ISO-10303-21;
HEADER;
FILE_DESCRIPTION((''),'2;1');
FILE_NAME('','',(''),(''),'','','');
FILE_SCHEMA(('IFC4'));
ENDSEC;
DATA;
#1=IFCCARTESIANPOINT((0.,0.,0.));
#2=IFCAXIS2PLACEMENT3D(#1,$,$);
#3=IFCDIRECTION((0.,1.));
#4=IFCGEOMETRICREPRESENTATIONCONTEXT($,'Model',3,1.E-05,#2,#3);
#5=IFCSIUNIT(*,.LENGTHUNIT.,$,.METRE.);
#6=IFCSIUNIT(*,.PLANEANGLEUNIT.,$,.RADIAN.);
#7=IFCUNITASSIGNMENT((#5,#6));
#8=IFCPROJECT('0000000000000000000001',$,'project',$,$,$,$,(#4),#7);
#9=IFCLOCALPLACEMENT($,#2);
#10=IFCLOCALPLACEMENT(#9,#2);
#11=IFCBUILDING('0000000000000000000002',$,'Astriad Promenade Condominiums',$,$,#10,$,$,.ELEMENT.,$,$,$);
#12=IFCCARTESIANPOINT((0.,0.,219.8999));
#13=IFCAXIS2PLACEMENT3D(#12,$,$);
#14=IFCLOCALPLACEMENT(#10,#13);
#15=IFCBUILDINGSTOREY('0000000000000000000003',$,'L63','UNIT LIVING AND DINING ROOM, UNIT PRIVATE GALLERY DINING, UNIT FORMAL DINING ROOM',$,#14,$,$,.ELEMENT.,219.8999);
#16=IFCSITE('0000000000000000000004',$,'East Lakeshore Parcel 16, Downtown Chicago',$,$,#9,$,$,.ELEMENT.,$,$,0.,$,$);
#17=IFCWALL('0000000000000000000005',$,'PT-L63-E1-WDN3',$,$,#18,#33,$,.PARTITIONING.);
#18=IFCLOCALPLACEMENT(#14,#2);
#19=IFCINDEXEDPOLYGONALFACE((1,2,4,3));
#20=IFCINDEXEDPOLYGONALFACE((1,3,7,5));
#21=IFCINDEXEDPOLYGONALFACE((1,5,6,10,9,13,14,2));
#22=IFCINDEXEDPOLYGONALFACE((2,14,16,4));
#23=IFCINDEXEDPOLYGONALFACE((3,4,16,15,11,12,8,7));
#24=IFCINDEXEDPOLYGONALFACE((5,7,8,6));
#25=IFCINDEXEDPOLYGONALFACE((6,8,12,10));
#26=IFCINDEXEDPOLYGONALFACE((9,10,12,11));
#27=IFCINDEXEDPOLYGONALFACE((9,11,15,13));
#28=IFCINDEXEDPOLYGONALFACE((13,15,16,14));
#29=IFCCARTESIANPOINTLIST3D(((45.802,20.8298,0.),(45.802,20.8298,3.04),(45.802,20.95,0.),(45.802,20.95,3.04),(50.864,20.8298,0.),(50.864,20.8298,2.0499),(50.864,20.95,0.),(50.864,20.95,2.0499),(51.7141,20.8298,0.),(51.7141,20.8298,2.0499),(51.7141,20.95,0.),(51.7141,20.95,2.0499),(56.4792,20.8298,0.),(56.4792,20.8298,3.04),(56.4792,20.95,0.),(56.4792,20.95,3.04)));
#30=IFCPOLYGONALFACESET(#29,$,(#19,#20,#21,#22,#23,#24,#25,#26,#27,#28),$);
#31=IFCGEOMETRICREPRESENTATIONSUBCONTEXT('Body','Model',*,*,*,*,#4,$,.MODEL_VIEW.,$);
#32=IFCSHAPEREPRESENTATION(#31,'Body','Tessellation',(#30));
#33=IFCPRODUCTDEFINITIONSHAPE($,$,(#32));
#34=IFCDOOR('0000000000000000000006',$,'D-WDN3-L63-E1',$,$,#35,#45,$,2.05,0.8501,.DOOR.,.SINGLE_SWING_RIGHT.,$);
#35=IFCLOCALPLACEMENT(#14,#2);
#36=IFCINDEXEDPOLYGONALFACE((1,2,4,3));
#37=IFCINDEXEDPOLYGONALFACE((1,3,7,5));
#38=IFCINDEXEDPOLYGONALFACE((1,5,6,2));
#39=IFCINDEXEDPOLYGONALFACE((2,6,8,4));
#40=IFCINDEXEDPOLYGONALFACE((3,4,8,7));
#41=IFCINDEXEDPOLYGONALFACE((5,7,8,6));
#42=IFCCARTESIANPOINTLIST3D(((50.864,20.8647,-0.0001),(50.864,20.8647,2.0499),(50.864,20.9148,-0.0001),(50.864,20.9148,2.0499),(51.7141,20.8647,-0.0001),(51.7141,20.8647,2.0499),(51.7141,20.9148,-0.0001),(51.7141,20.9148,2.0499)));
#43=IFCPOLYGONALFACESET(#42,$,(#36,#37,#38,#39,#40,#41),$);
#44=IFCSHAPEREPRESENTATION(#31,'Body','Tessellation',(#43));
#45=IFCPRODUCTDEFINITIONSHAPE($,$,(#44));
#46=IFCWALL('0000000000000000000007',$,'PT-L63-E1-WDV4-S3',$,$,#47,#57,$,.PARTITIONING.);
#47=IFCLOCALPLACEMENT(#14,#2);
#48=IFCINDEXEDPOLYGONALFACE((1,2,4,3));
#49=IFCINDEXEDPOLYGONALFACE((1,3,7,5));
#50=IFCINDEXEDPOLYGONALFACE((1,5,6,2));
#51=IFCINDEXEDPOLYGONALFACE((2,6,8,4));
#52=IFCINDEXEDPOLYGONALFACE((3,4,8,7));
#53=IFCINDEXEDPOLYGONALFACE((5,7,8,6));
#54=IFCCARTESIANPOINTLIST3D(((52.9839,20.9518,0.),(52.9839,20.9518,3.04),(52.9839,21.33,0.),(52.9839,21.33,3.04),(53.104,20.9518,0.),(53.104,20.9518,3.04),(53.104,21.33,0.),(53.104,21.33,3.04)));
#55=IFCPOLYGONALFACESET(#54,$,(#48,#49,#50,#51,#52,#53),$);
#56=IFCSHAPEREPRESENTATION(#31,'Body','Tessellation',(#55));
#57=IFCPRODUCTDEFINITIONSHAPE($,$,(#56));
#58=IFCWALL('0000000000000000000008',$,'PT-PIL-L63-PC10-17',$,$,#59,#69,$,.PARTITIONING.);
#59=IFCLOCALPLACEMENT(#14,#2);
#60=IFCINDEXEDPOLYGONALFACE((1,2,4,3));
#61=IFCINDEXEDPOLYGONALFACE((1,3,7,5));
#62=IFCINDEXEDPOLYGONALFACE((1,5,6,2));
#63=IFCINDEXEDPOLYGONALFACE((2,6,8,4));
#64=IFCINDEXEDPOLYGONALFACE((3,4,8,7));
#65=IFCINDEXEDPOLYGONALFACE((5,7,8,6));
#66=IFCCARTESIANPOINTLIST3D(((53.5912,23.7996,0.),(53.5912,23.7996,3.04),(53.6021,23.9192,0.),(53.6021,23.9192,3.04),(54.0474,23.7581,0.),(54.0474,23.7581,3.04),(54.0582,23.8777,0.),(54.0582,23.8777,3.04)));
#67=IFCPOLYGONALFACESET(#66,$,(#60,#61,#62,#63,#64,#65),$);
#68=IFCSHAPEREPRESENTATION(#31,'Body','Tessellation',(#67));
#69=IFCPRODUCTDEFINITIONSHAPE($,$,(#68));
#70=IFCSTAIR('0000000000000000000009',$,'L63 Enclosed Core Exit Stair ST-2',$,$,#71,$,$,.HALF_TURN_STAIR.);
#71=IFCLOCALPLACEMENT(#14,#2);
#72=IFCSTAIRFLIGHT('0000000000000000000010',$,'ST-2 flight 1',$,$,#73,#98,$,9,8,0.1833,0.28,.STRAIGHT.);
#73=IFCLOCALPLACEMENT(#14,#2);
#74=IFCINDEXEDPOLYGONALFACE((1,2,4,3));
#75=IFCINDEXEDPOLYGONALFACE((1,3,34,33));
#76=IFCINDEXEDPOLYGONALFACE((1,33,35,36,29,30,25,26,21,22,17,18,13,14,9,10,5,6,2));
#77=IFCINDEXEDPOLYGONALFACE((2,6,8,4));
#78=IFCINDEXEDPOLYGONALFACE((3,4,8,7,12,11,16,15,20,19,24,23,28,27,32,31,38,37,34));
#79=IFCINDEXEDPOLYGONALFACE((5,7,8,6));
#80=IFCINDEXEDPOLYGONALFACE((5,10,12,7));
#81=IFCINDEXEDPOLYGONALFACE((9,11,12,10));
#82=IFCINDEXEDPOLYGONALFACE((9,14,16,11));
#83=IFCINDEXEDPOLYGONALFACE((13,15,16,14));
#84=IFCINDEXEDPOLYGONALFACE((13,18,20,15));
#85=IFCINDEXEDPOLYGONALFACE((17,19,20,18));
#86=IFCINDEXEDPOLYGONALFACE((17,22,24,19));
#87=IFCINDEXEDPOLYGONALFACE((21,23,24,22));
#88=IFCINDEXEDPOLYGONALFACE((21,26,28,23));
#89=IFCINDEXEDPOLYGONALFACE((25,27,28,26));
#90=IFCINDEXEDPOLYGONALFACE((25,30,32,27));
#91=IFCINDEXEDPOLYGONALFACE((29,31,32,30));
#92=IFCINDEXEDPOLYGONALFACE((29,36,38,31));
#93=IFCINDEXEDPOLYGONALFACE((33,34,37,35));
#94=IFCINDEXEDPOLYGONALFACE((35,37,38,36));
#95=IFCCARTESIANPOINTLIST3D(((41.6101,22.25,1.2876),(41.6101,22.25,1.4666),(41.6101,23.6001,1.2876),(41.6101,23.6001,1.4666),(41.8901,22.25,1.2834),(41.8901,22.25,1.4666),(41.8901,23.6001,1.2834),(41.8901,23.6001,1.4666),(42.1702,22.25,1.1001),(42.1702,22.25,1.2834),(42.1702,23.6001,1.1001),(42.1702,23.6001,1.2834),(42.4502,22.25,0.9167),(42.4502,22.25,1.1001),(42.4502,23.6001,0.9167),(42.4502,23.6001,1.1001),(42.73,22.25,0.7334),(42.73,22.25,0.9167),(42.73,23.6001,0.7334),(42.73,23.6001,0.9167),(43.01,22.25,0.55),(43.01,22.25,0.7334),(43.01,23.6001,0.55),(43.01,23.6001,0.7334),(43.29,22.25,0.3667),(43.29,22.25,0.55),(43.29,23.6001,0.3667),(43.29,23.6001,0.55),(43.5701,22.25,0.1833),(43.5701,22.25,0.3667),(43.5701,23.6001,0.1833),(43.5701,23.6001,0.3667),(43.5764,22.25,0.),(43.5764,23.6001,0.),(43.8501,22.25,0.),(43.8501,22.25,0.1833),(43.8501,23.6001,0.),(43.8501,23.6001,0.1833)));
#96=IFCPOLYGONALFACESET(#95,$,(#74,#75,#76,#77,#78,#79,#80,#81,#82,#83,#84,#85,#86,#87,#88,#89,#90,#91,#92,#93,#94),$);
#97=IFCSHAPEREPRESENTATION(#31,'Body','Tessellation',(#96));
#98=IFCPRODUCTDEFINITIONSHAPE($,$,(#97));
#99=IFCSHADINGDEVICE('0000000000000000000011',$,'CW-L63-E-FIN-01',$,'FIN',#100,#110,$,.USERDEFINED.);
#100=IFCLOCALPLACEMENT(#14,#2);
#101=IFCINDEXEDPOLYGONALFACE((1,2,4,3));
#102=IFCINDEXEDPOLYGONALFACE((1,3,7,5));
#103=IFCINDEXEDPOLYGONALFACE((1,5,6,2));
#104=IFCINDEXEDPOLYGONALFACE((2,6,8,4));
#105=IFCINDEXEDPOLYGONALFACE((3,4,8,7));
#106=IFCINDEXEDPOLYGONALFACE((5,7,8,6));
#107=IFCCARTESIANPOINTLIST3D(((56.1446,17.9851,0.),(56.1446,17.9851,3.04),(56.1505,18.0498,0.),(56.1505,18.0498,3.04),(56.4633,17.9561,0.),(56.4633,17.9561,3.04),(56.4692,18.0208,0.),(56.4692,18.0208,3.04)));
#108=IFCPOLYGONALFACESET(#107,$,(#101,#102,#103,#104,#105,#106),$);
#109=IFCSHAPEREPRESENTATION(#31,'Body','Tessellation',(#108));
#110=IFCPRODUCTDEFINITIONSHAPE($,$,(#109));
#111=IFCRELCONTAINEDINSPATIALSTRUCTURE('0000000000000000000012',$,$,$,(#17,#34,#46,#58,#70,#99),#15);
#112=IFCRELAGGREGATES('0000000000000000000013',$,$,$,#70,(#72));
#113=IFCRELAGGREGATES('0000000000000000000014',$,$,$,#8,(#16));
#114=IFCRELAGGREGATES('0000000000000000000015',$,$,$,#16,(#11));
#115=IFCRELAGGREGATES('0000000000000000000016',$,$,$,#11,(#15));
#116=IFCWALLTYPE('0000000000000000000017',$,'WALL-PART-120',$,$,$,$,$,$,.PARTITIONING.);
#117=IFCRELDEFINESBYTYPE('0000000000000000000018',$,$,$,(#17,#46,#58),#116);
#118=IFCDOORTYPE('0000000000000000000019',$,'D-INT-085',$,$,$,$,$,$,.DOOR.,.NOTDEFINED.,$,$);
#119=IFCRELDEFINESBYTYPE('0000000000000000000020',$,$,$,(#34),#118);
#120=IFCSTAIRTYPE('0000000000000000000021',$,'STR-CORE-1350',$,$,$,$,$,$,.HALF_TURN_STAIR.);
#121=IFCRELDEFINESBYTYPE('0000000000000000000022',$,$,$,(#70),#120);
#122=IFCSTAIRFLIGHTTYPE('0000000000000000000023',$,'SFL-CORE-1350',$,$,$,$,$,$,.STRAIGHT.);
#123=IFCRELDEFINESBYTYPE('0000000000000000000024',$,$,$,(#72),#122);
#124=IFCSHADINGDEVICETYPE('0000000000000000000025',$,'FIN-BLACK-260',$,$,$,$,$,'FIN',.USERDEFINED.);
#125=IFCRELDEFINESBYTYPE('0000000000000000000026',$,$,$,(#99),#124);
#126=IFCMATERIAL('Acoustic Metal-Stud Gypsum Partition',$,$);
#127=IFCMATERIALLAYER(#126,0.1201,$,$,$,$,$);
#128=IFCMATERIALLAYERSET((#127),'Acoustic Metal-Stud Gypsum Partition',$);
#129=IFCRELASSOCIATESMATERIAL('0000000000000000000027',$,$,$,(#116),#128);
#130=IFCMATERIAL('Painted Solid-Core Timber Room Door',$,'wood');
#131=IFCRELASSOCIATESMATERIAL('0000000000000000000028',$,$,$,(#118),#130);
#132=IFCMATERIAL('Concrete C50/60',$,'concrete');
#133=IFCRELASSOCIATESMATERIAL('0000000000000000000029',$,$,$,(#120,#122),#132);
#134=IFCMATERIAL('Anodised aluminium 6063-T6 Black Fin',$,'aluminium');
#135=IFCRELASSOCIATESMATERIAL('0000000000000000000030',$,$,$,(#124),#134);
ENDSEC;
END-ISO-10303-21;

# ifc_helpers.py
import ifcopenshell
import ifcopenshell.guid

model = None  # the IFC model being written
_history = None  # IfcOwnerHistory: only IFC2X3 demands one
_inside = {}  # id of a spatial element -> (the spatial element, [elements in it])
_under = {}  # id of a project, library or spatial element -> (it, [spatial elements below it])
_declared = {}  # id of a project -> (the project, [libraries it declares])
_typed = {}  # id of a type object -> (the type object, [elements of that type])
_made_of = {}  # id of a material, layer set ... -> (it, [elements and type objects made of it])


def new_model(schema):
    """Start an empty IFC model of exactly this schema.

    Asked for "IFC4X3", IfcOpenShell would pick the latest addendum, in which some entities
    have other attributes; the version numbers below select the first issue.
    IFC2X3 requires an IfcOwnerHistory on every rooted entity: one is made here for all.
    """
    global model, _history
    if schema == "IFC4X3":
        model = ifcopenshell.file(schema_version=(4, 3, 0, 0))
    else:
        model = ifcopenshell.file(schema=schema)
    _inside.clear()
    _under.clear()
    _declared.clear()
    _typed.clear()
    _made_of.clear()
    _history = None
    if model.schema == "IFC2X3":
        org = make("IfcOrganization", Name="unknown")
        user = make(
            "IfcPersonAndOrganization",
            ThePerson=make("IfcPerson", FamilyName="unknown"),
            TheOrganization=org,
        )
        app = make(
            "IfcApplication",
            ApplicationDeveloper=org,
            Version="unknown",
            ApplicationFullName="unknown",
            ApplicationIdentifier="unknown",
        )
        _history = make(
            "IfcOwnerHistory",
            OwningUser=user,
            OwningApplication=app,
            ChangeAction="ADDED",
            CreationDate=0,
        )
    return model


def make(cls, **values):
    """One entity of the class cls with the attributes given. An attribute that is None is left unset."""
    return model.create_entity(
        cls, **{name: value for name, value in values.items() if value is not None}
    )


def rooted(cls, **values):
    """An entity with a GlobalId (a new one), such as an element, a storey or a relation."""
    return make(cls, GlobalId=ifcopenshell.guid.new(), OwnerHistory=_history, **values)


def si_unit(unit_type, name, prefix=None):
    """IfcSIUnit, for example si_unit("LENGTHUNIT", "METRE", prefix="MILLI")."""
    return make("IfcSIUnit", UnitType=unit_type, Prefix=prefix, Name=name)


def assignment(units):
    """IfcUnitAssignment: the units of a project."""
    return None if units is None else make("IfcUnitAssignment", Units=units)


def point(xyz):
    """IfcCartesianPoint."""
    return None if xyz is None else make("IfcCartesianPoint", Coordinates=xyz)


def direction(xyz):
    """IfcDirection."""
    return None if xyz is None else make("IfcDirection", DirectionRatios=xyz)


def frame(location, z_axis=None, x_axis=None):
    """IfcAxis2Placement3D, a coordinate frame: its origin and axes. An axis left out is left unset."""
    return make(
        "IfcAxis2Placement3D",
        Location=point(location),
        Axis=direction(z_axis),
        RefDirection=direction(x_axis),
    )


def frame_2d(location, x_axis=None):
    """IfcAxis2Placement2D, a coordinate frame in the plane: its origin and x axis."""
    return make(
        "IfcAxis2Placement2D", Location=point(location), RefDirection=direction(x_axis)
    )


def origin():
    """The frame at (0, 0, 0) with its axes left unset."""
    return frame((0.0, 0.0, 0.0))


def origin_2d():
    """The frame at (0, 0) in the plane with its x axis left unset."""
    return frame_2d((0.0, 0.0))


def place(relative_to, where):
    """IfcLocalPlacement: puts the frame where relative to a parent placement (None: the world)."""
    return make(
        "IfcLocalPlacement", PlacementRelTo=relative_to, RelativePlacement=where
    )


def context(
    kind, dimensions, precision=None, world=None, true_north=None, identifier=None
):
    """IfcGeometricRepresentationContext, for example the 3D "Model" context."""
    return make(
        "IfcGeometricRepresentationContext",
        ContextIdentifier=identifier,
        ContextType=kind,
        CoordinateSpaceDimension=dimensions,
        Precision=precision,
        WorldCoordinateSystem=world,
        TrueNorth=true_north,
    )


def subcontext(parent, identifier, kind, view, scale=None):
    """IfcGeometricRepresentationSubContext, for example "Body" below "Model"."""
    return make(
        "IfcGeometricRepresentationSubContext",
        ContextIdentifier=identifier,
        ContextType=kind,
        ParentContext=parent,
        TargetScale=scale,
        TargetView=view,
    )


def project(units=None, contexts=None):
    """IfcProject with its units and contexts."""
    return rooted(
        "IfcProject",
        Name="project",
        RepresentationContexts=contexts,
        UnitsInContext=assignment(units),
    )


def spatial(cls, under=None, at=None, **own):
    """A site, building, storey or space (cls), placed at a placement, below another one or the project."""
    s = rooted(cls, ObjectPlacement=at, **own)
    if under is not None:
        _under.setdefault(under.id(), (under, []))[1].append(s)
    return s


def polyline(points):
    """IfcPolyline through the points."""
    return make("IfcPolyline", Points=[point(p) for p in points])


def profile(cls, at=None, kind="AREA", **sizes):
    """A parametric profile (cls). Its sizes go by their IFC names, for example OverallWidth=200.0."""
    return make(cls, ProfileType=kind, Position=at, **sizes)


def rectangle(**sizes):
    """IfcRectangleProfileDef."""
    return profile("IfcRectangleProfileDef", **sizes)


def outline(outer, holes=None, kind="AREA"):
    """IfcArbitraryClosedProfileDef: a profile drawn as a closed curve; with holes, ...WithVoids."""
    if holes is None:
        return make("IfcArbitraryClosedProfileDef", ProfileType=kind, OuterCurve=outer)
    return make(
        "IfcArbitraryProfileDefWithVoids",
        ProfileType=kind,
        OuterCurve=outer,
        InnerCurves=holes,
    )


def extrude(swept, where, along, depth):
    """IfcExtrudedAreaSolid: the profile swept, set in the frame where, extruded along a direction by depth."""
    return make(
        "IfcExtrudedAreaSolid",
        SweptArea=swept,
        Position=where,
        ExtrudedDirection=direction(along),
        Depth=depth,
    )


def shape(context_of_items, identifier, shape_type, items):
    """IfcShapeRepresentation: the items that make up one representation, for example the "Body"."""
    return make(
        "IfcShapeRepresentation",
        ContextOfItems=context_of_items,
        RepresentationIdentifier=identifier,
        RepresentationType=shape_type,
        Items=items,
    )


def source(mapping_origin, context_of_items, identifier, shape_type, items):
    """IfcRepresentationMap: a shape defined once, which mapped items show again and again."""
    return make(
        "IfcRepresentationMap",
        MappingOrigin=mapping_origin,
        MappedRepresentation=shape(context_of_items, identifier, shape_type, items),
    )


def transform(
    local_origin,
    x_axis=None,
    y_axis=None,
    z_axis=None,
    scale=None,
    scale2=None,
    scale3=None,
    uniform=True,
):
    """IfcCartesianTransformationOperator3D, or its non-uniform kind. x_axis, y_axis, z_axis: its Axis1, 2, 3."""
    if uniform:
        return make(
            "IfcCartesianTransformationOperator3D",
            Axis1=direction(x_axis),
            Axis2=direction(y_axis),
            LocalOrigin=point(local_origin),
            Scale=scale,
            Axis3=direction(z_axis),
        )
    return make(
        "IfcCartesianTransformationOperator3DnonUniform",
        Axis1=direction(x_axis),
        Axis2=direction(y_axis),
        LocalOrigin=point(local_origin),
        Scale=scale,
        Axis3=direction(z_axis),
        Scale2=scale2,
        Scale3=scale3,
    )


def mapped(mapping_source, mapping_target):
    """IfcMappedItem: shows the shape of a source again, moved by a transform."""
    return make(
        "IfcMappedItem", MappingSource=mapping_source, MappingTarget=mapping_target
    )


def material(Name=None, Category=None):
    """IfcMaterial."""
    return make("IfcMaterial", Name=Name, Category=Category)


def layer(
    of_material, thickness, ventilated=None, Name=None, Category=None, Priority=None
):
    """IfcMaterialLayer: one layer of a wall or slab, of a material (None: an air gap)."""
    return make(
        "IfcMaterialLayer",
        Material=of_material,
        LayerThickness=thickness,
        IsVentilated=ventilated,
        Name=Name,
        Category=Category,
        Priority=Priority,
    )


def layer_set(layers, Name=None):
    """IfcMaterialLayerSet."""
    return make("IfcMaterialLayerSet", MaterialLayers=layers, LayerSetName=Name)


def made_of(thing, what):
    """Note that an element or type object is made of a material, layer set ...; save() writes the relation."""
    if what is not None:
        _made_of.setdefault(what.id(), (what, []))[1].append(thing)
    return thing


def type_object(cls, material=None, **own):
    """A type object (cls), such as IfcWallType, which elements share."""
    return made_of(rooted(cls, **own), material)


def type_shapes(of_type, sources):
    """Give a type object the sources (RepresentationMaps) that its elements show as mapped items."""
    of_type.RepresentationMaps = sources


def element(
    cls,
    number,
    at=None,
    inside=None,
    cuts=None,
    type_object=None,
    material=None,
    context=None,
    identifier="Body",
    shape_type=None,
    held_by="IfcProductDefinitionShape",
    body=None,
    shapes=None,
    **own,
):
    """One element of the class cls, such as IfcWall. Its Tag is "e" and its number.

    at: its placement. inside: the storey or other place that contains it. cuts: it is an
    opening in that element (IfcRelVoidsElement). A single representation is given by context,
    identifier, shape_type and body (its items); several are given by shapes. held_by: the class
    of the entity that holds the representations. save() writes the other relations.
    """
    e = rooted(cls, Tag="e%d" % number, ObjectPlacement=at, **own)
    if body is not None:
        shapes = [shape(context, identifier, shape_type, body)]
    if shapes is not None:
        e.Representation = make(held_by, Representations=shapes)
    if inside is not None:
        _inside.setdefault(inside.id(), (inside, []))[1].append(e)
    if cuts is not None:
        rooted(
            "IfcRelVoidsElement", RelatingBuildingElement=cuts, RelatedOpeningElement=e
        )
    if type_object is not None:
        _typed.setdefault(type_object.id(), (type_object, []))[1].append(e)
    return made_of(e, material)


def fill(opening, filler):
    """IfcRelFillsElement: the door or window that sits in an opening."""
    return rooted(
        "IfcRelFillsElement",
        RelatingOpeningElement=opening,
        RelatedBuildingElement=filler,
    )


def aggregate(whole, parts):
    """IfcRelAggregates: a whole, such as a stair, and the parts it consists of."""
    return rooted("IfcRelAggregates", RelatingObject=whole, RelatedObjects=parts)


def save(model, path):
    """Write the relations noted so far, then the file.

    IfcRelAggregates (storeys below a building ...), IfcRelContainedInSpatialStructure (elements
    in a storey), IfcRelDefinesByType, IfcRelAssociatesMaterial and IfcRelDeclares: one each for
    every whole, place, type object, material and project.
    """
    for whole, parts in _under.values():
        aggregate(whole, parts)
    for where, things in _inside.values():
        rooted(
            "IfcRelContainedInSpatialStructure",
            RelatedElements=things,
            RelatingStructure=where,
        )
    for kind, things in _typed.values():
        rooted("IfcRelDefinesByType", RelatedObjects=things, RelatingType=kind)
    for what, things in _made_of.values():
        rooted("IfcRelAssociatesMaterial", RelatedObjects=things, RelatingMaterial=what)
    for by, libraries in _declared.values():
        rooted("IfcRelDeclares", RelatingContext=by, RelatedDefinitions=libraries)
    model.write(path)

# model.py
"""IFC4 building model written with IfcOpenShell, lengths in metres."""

from ifc_helpers import new_model, si_unit, direction, frame, frame_2d, origin, origin_2d, place, context, subcontext, project, spatial, polyline, rectangle, outline, extrude, source, transform, mapped, material, layer, layer_set, type_object, type_shapes, element, fill, aggregate, save


model = new_model("IFC4")

# Units and contexts
model_context = context("Model", 3, precision=1e-05, world=origin(), true_north=direction((0.0, 1.0)))
body_context = subcontext(model_context, "Body", "Model", "MODEL_VIEW")
ifc_project = project(units=[si_unit("LENGTHUNIT", "METRE"), si_unit("PLANEANGLEUNIT", "RADIAN")], contexts=[model_context])

# Site, building, storey
site_placement = place(None, origin())
site = spatial("IfcSite", under=ifc_project, at=site_placement, Name="East Lakeshore Parcel 16, Downtown Chicago", CompositionType="ELEMENT", RefElevation=0.0)
building_placement = place(site_placement, origin())
building = spatial("IfcBuilding", under=site, at=building_placement, Name="Astriad Promenade Condominiums", CompositionType="ELEMENT")
storey_placement = place(building_placement, frame((0.0, 0.0, 219.8999)))
storey = spatial("IfcBuildingStorey", under=building, at=storey_placement, Name="L63", Description="UNIT LIVING AND DINING ROOM, UNIT PRIVATE GALLERY DINING, UNIT FORMAL DINING ROOM", CompositionType="ELEMENT", Elevation=219.8999)

# Shared definitions
ifc_material_1 = material(Name="Concrete C50/60", Category="concrete")

# Shared definitions
ifc_material_2 = material(Name="Acoustic Metal-Stud Gypsum Partition")
ifc_layer_1 = layer(ifc_material_2, 0.1201)
ifc_layer_set_1 = layer_set([ifc_layer_1], Name="Acoustic Metal-Stud Gypsum Partition")
wall_type_1 = type_object("IfcWallType", Name="WALL-PART-120", PredefinedType="PARTITIONING", material=ifc_layer_set_1)

# Wall, opening, door
ifc_material_3 = material(Name="Painted Solid-Core Timber Room Door", Category="wood")
door_type = type_object("IfcDoorType", Name="D-INT-085", OperationType="NOTDEFINED", PredefinedType="DOOR", material=ifc_material_3)
shared_shape_1 = source(origin(), body_context, "Body", "SweptSolid", [
    extrude(rectangle(XDim=0.8501, YDim=2.05, at=frame_2d((0.425, 1.0249))), frame((0.0, 0.0249, 0.0), z_axis=(0.0, -1.0, 0.0), x_axis=(1.0, 0.0, 0.0)), (0.0, 0.0, 1.0), 0.05),
])
type_shapes(door_type, [shared_shape_1])
wall_1_placement = place(storey_placement, frame((45.802, 20.8899, 0.0), z_axis=(0.0, 0.0, 1.0), x_axis=(1.0, 0.0, 0.0)))
wall_1 = element("IfcWall", 1, at=wall_1_placement, inside=storey, type_object=wall_type_1, Name="PT-L63-E1-WDN3", PredefinedType="PARTITIONING", context=body_context, shape_type="SweptSolid", body=[
    extrude(rectangle(XDim=10.6772, YDim=0.1201, at=frame_2d((5.3386, 0.0))), origin(), (0.0, 0.0, 1.0), 3.04),
])
opening_1_placement = place(wall_1_placement, frame((5.062, 0.0, 0.0)))
opening_1 = element("IfcOpeningElement", 2, at=opening_1_placement, cuts=wall_1, PredefinedType="OPENING", context=body_context, shape_type="SweptSolid", body=[
    extrude(rectangle(XDim=0.8501, YDim=2.05, at=frame_2d((0.425, 1.0249))), frame((0.0, 0.0701, 0.0), z_axis=(0.0, -1.0, 0.0), x_axis=(1.0, 0.0, 0.0)), (0.0, 0.0, 1.0), 0.1401),
])
door_1_placement = place(opening_1_placement, origin())
door_1 = element("IfcDoor", 3, at=door_1_placement, inside=storey, type_object=door_type, Name="D-WDN3-L63-E1", OperationType="SINGLE_SWING_RIGHT", OverallHeight=2.05, OverallWidth=0.8501, PredefinedType="DOOR", context=body_context, shape_type="MappedRepresentation", body=[
    mapped(shared_shape_1, transform((0.0, 0.0, 0.0), scale=1.0)),
])
fill(opening_1, door_1)

# Walls
wall_2_placement = place(storey_placement, frame((53.0439, 20.9519, 0.0), z_axis=(0.0, 0.0, 1.0), x_axis=(0.0, 1.0, 0.0)))
element("IfcWall", 4, at=wall_2_placement, inside=storey, type_object=wall_type_1, Name="PT-L63-E1-WDV4-S3", PredefinedType="PARTITIONING", context=body_context, shape_type="SweptSolid", body=[
    extrude(rectangle(XDim=0.3782, YDim=0.1201, at=frame_2d((0.189, 0.0))), origin(), (0.0, 0.0, 1.0), 3.04),
])
wall_3_placement = place(storey_placement, frame((53.5967, 23.8594, 0.0), z_axis=(0.0, 0.0, 1.0), x_axis=(0.995884, -0.090632, 0.0)))
element("IfcWall", 5, at=wall_3_placement, inside=storey, type_object=wall_type_1, Name="PT-PIL-L63-PC10-17", PredefinedType="PARTITIONING", context=body_context, shape_type="SweptSolid", body=[
    extrude(rectangle(XDim=0.458, YDim=0.1201, at=frame_2d((0.229, 0.0))), origin(), (0.0, 0.0, 1.0), 3.04),
])

# Stair, stair flight
stair_type = type_object("IfcStairType", Name="STR-CORE-1350", PredefinedType="HALF_TURN_STAIR", material=ifc_material_1)
stair_placement = place(storey_placement, origin())
stair = element("IfcStair", 6, at=stair_placement, inside=storey, type_object=stair_type, Name="L63 Enclosed Core Exit Stair ST-2", PredefinedType="HALF_TURN_STAIR")
stair_flight_type = type_object("IfcStairFlightType", Name="SFL-CORE-1350", PredefinedType="STRAIGHT", material=ifc_material_1)
shared_shape_2 = source(origin(), body_context, "Body", "SweptSolid", [
    extrude(outline(polyline([(0.0, 0.0), (0.0, 0.1833), (0.28, 0.1833), (0.28, 0.3667), (0.5601, 0.3667), (0.5601, 0.55), (0.8401, 0.55), (0.8401, 0.7334), (1.1201, 0.7334), (1.1201, 0.9167), (1.3999, 0.9167), (1.3999, 1.1001), (1.6799, 1.1001), (1.6799, 1.2834), (1.96, 1.2834), (1.96, 1.4666), (2.24, 1.4666), (2.24, 1.6499), (2.24, 1.2876), (0.2737, 0.0), (0.0, 0.0)])), frame((0.0, 0.675, 0.0), z_axis=(0.0, -1.0, 0.0), x_axis=(1.0, 0.0, 0.0)), (0.0, 0.0, 1.0), 1.3501),
])
type_shapes(stair_flight_type, [shared_shape_2])
stair_flight_placement = place(storey_placement, frame((43.8501, 22.925, 0.0), z_axis=(0.0, 0.0, 1.0), x_axis=(-1.0, 0.0, 0.0)))
stair_flight = element("IfcStairFlight", 7, at=stair_flight_placement, type_object=stair_flight_type, Name="ST-2 flight 1", NumberOfRisers=9, NumberOfTreads=8, PredefinedType="STRAIGHT", RiserHeight=0.1833, TreadLength=0.28, context=body_context, shape_type="MappedRepresentation", body=[
    mapped(shared_shape_2, transform((0.0, 0.0, 0.0), scale=1.0)),
])
aggregate(stair, [stair_flight])

# Shading device
ifc_material_4 = material(Name="Anodised aluminium 6063-T6 Black Fin", Category="aluminium")
shading_device_type = type_object("IfcShadingDeviceType", Name="FIN-BLACK-260", ElementType="FIN", PredefinedType="USERDEFINED", material=ifc_material_4)
shared_shape_3 = source(origin(), body_context, "Body", "SweptSolid", [
    extrude(rectangle(XDim=0.0649, YDim=0.3201, at=origin_2d()), origin(), (0.0, 0.0, 1.0), 3.04),
])
type_shapes(shading_device_type, [shared_shape_3])
shading_device_placement = place(storey_placement, frame((56.3069, 18.0029, 0.0), z_axis=(0.0, 0.0, 1.0), x_axis=(-0.090633, -0.995884, 0.0)))
element("IfcShadingDevice", 8, at=shading_device_placement, inside=storey, type_object=shading_device_type, Name="CW-L63-E-FIN-01", ObjectType="FIN", PredefinedType="USERDEFINED", context=body_context, shape_type="MappedRepresentation", body=[
    mapped(shared_shape_3, transform((0.0, 0.0, 0.0), scale=1.0)),
])

save(model, "model.ifc")
